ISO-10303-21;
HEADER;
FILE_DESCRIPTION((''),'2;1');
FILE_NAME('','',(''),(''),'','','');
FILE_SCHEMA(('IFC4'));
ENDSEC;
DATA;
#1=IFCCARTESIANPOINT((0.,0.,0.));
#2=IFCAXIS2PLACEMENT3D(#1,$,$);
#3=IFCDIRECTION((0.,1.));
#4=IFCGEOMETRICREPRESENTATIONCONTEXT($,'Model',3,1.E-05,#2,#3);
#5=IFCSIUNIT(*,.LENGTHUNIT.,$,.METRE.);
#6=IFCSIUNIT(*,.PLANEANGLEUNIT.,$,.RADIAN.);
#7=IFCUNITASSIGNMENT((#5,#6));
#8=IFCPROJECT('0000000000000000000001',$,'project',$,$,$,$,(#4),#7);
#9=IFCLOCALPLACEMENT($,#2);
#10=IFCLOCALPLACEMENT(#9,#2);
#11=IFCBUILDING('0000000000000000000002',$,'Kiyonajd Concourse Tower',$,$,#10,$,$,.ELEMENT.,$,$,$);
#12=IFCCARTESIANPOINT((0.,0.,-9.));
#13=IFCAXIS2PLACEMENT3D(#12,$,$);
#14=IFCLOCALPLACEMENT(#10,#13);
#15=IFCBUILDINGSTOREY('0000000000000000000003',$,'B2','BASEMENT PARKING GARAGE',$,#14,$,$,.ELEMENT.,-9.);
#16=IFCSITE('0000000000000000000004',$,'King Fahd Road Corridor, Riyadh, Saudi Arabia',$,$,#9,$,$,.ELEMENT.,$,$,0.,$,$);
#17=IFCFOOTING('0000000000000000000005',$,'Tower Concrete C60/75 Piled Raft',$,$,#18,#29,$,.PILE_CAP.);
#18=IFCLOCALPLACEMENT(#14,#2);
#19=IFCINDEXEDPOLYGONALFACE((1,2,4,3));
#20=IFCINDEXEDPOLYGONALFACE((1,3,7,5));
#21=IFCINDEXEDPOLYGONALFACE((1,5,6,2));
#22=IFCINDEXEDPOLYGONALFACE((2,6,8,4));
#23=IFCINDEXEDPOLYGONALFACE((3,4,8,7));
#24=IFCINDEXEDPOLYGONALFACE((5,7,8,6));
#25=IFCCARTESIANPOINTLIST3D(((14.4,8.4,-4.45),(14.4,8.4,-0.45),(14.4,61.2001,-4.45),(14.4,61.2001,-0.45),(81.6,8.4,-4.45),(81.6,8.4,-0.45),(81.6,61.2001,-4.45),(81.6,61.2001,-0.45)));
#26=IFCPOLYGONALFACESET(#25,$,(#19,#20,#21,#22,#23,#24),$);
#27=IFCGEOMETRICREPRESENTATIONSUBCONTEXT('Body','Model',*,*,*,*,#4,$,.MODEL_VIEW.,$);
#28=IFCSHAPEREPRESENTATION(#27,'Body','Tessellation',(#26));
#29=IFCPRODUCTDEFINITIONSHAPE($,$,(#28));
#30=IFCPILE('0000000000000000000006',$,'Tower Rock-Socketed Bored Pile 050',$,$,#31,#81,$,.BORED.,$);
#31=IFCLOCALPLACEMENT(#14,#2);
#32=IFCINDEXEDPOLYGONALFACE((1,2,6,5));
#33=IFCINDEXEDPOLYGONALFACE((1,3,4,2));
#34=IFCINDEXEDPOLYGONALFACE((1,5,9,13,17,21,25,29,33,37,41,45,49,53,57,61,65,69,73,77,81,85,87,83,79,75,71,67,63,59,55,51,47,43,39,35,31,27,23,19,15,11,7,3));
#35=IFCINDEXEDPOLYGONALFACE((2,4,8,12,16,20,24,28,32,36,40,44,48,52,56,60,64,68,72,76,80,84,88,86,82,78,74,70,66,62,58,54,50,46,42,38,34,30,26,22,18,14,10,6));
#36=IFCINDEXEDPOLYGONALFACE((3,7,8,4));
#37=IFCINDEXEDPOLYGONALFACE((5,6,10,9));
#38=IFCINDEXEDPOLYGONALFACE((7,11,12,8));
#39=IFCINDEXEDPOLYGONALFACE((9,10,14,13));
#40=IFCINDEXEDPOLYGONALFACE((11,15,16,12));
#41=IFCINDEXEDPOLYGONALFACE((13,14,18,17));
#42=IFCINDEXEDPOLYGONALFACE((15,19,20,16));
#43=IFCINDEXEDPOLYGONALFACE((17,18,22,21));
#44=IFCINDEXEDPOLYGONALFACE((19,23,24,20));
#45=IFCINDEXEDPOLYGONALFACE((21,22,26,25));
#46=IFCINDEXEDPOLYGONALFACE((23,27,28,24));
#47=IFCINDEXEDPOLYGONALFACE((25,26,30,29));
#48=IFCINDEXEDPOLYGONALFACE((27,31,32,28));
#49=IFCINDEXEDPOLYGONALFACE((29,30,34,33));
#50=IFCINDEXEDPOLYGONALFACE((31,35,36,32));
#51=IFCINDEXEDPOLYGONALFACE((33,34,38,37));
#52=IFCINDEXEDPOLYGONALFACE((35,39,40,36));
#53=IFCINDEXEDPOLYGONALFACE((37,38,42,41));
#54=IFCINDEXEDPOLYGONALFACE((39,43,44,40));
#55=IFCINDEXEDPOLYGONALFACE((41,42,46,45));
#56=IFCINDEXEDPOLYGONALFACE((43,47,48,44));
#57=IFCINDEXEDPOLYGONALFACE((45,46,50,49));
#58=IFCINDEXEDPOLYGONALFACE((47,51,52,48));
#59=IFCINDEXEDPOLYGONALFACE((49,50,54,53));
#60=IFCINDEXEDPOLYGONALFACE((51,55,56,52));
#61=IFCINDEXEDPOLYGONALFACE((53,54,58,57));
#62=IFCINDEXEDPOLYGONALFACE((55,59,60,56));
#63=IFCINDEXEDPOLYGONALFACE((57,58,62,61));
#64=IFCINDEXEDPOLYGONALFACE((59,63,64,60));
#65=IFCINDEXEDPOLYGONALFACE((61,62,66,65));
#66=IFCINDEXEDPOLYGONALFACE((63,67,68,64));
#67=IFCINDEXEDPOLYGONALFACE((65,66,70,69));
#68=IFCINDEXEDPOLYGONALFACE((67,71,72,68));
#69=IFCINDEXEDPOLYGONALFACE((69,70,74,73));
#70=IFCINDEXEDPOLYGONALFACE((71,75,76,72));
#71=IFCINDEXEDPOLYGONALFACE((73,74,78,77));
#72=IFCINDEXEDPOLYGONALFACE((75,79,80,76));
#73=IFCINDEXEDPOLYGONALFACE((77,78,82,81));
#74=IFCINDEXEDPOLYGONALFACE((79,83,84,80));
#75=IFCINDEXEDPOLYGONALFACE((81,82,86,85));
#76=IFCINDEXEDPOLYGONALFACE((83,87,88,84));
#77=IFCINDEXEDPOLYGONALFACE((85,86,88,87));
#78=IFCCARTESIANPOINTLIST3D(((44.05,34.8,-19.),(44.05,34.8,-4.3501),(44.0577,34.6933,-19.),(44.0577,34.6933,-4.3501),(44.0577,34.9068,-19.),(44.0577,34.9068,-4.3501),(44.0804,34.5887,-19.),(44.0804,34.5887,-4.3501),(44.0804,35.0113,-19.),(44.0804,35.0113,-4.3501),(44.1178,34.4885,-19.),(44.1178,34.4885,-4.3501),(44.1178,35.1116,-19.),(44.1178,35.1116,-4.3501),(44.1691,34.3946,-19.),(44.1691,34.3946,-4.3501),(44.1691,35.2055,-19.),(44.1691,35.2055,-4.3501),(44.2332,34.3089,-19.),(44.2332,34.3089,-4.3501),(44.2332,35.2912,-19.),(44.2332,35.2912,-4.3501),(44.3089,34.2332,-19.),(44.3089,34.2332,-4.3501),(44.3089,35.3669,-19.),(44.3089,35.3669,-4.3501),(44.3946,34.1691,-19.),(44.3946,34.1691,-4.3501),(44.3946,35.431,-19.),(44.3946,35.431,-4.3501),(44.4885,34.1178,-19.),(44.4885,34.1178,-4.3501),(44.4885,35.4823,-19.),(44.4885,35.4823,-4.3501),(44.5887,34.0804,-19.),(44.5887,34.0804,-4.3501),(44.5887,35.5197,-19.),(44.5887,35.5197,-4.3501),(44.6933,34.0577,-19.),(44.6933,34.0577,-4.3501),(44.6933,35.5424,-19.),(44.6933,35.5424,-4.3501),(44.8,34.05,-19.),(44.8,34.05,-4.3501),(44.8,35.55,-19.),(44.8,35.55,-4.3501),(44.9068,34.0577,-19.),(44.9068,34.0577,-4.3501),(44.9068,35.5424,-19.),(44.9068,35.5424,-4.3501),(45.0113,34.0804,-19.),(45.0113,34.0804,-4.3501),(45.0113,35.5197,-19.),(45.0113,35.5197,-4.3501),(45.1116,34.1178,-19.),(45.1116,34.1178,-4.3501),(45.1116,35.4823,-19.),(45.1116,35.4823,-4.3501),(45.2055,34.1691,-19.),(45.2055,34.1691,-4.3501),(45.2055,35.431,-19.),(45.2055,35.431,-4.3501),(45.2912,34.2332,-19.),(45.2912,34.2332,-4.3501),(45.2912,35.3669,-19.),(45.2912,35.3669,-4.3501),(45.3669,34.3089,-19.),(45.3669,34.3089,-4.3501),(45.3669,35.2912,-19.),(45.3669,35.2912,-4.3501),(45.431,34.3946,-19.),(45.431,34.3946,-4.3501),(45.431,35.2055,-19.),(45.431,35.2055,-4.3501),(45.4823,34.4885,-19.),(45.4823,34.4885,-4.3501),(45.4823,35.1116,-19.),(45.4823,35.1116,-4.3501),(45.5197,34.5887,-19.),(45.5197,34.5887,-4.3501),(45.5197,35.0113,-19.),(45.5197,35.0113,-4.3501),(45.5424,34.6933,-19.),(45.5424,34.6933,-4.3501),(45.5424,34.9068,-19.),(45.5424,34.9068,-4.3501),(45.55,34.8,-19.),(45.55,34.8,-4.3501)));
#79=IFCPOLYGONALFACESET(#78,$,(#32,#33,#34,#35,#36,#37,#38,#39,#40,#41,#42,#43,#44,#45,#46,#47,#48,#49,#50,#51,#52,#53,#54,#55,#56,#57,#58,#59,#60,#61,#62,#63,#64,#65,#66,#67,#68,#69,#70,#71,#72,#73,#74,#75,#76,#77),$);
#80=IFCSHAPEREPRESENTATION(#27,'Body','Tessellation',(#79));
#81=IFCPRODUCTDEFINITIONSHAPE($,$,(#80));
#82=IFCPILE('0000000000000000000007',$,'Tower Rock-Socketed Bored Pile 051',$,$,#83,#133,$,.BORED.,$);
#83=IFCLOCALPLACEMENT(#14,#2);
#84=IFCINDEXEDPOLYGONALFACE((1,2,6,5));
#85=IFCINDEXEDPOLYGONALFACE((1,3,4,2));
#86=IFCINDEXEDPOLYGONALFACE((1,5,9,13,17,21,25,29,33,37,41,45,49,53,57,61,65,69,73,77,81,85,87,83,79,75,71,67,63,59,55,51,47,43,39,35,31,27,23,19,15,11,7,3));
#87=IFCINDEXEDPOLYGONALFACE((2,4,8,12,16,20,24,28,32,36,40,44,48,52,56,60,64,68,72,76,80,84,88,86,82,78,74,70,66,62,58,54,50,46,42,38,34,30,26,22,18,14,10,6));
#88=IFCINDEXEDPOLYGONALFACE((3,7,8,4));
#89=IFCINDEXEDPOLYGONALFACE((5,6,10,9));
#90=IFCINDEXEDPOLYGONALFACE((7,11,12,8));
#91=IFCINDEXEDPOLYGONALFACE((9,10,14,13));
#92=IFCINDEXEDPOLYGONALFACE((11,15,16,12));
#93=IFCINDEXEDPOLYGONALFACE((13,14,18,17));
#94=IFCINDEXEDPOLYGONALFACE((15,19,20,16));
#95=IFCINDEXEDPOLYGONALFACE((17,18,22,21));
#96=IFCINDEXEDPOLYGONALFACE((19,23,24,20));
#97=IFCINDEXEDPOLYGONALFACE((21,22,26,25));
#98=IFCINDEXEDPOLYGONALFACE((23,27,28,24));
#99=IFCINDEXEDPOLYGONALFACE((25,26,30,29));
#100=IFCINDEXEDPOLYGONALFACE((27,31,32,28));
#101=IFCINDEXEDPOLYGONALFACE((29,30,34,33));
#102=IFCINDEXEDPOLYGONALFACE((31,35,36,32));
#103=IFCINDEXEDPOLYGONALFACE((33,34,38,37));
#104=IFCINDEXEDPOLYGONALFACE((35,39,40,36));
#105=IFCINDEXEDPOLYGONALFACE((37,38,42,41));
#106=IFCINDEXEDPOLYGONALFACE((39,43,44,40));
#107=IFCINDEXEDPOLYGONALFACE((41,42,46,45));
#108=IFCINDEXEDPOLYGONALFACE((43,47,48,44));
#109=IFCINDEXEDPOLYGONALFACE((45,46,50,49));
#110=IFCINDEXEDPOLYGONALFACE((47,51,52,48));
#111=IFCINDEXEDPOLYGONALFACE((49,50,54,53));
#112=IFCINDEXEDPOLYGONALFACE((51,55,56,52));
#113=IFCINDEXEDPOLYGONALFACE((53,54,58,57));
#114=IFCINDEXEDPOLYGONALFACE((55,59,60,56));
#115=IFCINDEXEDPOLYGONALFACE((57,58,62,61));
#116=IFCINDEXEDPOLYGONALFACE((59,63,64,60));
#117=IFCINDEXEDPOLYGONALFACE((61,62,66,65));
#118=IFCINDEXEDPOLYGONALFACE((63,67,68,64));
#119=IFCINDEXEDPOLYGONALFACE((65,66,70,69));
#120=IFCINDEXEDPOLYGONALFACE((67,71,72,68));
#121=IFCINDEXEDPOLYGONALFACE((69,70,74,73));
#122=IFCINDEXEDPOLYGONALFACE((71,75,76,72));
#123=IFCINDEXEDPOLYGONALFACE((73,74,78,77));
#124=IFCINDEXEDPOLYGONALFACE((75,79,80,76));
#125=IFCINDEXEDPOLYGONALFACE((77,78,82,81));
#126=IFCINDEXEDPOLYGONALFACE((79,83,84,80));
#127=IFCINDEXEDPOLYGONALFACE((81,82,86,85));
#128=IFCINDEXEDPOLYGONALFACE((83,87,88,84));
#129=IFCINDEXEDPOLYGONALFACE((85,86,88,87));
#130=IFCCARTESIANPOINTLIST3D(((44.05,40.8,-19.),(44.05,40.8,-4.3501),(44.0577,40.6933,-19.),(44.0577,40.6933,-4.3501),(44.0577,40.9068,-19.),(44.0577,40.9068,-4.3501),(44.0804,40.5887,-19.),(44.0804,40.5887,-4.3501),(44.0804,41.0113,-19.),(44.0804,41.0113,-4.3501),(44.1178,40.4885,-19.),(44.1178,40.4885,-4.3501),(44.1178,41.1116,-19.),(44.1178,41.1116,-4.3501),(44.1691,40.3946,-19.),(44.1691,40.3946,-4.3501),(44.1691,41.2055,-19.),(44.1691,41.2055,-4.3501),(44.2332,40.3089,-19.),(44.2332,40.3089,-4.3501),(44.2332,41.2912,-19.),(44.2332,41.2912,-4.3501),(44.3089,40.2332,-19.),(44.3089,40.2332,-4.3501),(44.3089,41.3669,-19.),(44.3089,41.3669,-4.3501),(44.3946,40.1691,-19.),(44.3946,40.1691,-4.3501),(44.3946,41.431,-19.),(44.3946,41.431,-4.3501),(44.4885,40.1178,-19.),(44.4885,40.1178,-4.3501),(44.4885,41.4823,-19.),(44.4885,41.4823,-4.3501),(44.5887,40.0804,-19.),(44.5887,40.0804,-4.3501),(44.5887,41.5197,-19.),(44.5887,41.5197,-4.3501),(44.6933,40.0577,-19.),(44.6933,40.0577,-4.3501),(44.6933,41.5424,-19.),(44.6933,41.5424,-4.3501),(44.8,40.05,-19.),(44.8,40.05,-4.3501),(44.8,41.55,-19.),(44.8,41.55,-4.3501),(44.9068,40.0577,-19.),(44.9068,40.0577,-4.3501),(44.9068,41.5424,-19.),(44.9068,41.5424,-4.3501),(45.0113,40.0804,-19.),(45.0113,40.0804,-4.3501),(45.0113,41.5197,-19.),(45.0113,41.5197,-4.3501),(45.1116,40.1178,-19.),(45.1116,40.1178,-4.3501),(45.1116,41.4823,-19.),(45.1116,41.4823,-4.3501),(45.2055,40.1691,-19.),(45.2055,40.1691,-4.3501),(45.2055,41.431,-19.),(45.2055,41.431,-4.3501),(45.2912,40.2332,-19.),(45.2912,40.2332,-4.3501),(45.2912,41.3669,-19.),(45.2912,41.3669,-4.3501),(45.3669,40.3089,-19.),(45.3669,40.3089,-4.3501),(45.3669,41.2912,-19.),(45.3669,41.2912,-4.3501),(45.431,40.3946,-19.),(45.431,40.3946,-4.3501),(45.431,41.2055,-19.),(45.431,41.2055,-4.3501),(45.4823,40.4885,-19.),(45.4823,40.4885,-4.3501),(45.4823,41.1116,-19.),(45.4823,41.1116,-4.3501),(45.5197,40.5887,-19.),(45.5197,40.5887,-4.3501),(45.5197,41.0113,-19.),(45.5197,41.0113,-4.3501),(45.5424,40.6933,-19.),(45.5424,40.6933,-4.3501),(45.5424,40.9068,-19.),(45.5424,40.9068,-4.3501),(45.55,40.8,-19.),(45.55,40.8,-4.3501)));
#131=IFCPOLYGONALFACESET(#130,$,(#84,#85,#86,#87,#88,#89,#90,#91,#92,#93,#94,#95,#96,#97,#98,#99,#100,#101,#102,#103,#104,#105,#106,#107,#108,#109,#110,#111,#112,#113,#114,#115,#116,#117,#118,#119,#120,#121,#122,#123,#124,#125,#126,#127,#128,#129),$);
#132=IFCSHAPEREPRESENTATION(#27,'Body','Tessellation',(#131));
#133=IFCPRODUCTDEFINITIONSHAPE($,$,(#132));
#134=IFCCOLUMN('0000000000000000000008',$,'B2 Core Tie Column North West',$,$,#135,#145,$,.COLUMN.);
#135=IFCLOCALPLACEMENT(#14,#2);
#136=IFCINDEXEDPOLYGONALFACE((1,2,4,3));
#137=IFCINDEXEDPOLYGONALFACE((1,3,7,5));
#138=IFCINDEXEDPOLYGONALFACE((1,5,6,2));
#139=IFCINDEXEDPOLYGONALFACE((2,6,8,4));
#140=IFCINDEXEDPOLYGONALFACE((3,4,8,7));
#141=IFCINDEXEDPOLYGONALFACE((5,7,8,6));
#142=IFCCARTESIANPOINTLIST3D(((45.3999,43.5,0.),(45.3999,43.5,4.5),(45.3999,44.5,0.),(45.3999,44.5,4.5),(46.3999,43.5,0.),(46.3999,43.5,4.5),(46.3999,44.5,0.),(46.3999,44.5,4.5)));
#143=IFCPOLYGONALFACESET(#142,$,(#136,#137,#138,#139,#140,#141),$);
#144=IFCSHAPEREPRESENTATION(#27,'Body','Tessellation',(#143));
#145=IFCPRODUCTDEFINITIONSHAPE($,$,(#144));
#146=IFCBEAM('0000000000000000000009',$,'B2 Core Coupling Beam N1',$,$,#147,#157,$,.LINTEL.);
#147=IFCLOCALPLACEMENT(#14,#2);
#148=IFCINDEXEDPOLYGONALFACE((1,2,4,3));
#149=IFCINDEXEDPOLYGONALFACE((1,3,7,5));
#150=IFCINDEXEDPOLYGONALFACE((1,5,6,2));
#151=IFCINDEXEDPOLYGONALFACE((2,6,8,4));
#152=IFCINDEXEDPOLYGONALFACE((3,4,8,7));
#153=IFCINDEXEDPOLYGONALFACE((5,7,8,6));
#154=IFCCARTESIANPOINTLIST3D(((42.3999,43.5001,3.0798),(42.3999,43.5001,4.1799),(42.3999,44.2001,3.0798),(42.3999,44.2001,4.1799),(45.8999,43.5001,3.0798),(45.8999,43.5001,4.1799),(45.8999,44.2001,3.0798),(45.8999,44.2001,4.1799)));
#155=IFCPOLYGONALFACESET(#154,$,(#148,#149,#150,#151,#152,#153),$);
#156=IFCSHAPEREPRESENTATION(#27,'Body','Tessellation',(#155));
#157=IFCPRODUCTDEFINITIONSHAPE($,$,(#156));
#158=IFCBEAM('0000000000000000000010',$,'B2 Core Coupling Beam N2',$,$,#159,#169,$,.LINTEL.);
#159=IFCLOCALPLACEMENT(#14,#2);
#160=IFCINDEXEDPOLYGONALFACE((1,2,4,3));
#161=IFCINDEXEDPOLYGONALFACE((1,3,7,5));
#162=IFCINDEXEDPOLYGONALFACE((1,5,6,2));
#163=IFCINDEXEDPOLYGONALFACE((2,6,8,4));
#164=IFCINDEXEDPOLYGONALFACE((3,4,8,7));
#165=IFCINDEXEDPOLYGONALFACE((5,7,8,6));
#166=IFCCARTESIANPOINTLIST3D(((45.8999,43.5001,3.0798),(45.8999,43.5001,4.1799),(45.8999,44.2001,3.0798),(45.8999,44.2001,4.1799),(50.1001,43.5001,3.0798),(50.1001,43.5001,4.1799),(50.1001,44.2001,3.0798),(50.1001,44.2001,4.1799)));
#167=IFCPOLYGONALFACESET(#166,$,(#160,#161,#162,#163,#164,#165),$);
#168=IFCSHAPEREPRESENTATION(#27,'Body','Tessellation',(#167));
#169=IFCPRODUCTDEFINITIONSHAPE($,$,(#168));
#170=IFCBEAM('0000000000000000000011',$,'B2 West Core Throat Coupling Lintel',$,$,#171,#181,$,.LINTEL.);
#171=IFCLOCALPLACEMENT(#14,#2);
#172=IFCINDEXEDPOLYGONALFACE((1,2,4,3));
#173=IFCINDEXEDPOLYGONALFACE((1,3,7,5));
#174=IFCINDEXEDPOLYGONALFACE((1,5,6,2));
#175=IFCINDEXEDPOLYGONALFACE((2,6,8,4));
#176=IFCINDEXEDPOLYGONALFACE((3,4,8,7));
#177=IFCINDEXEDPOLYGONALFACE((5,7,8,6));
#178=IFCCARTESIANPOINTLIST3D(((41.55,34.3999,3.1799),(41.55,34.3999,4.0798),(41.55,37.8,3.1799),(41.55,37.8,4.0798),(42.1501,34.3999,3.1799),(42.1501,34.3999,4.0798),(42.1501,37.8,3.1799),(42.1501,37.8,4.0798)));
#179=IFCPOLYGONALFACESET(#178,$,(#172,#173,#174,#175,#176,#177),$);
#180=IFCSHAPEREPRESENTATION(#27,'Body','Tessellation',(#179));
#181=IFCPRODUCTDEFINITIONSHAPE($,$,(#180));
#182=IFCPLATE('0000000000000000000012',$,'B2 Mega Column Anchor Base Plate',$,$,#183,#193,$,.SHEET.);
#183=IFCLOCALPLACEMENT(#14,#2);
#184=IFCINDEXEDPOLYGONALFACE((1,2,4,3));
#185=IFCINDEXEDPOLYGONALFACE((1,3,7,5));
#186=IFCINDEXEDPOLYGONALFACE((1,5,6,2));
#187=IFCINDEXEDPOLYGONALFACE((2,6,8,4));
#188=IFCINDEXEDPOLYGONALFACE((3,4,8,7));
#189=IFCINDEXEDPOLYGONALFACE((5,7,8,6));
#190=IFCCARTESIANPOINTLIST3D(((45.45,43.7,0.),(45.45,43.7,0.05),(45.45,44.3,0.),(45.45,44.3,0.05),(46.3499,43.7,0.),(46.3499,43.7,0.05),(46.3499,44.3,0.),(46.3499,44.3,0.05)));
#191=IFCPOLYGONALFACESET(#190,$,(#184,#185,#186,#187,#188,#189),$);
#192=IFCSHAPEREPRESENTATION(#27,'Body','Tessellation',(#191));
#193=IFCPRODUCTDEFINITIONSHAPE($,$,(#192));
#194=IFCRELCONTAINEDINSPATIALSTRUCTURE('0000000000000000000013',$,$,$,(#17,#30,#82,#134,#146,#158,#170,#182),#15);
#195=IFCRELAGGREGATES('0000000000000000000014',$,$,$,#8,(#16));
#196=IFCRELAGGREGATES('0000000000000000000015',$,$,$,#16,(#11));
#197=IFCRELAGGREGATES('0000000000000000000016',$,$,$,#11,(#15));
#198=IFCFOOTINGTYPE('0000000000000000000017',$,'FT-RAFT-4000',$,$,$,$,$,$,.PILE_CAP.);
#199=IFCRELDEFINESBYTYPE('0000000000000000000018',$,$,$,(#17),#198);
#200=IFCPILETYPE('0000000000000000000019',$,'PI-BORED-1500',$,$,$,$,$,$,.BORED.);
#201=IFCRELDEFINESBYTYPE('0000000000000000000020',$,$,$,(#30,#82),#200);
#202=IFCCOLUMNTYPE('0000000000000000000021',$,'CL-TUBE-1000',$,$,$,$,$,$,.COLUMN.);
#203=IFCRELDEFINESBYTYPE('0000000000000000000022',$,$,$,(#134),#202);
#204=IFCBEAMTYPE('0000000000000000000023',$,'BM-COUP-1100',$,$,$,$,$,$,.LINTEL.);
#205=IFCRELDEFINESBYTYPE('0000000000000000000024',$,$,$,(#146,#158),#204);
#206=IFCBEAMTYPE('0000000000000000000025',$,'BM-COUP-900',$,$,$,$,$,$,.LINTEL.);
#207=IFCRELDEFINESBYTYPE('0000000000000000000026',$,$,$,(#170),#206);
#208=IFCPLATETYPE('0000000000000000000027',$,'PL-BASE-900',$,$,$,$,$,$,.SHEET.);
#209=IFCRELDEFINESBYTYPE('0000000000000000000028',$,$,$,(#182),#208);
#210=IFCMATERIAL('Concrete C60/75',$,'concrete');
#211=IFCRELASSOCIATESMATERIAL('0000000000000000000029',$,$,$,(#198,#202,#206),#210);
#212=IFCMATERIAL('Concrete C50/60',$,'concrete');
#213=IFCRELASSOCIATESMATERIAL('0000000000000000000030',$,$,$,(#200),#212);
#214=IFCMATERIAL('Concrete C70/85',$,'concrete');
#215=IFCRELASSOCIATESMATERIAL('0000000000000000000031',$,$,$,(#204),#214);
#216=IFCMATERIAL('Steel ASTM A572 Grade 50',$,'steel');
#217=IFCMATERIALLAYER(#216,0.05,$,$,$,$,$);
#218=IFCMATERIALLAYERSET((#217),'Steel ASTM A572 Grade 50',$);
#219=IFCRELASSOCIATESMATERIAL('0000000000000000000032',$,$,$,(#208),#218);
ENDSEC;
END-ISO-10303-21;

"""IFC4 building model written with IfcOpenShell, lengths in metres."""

from ifc_helpers import new_model, si_unit, direction, frame, origin, origin_2d, place, context, subcontext, project, spatial, rectangle, circle, extrude, material, layer, layer_set, material_profile, profile_set, type_object, element, save


model = new_model("IFC4")

# Units and contexts
model_context = context("Model", 3, precision=1e-05, world=origin(), true_north=direction((0.0, 1.0)))
body_context = subcontext(model_context, "Body", "Model", "MODEL_VIEW")
ifc_project = project(units=[si_unit("LENGTHUNIT", "METRE"), si_unit("PLANEANGLEUNIT", "RADIAN")], contexts=[model_context])

# Site, building, storey
site_placement = place(None, origin())
site = spatial("IfcSite", under=ifc_project, at=site_placement, Name="King Fahd Road Corridor, Riyadh, Saudi Arabia", CompositionType="ELEMENT", RefElevation=0.0)
building_placement = place(site_placement, origin())
building = spatial("IfcBuilding", under=site, at=building_placement, Name="Kiyonajd Concourse Tower", CompositionType="ELEMENT")
storey_placement = place(building_placement, frame((0.0, 0.0, -9.0)))
storey = spatial("IfcBuildingStorey", under=building, at=storey_placement, Name="B2", Description="BASEMENT PARKING GARAGE", CompositionType="ELEMENT", Elevation=-9.0)

# Footing
ifc_material_1 = material(Name="Concrete C60/75", Category="concrete")
footing_type = type_object("IfcFootingType", Name="FT-RAFT-4000", PredefinedType="PILE_CAP", material=ifc_material_1)
footing_placement = place(storey_placement, frame((48.0, 34.8, -4.45), z_axis=(0.0, 0.0, 1.0), x_axis=(1.0, 0.0, 0.0)))
element("IfcFooting", 1, at=footing_placement, inside=storey, type_object=footing_type, Name="Tower Concrete C60/75 Piled Raft", PredefinedType="PILE_CAP", context=body_context, shape_type="SweptSolid", body=[
    extrude(rectangle(XDim=67.2, YDim=52.8, at=origin_2d()), origin(), (0.0, 0.0, 1.0), 4.0),
])

# Piles
ifc_material_2 = material(Name="Concrete C50/60", Category="concrete")
ifc_material_profile_1 = material_profile(ifc_material_2, circle(Radius=0.75, at=origin_2d()), Name="PILE-D1500")
ifc_profile_set_1 = profile_set([ifc_material_profile_1], Name="Concrete C50/60")
pile_type = type_object("IfcPileType", Name="PI-BORED-1500", PredefinedType="BORED", material=ifc_profile_set_1)
for number, where, z_axis, x_axis, name in (
    (2, (44.8, 34.8, -4.3501), (0.0, 0.0, -1.0), (1.0, 0.0, 0.0), "Tower Rock-Socketed Bored Pile 050"),
    (3, (44.8, 40.8, -4.3501), (0.0, 0.0, -1.0), (1.0, 0.0, 0.0), "Tower Rock-Socketed Bored Pile 051"),
):
    element("IfcPile", number, at=place(storey_placement, frame(where, z_axis=z_axis, x_axis=x_axis)), inside=storey, type_object=pile_type, Name=name, PredefinedType="BORED", context=body_context, shape_type="SweptSolid", body=[
        extrude(circle(Radius=0.75, at=origin_2d()), origin(), (0.0, 0.0, 1.0), 14.6499),
    ])

# Column
ifc_material_profile_2 = material_profile(ifc_material_1, rectangle(XDim=1.0, YDim=1.0, at=origin_2d()), Name="RC-1000x1000")
ifc_profile_set_2 = profile_set([ifc_material_profile_2], Name="Concrete C60/75")
column_type = type_object("IfcColumnType", Name="CL-TUBE-1000", PredefinedType="COLUMN", material=ifc_profile_set_2)
column_placement = place(storey_placement, frame((45.8999, 44.0, 0.0), z_axis=(0.0, 0.0, 1.0), x_axis=(1.0, 0.0, 0.0)))
element("IfcColumn", 4, at=column_placement, inside=storey, type_object=column_type, Name="B2 Core Tie Column North West", PredefinedType="COLUMN", context=body_context, shape_type="SweptSolid", body=[
    extrude(rectangle(XDim=1.0, YDim=1.0, at=origin_2d()), origin(), (0.0, 0.0, 1.0), 4.5),
])

# Beams
ifc_material_3 = material(Name="Concrete C70/85", Category="concrete")
ifc_material_profile_3 = material_profile(ifc_material_3, rectangle(XDim=0.7, YDim=1.1001, at=origin_2d()), Name="RCBM-700x1100")
ifc_profile_set_3 = profile_set([ifc_material_profile_3], Name="Concrete C70/85")
beam_type_1 = type_object("IfcBeamType", Name="BM-COUP-1100", PredefinedType="LINTEL", material=ifc_profile_set_3)
beam_1_placement = place(storey_placement, frame((42.3999, 43.8501, 3.6299), z_axis=(1.0, 0.0, 0.0), x_axis=(0.0, 1.0, 0.0)))
element("IfcBeam", 5, at=beam_1_placement, inside=storey, type_object=beam_type_1, Name="B2 Core Coupling Beam N1", PredefinedType="LINTEL", context=body_context, shape_type="SweptSolid", body=[
    extrude(rectangle(XDim=0.7, YDim=1.1001, at=origin_2d()), origin(), (0.0, 0.0, 1.0), 3.5),
])
beam_2_placement = place(storey_placement, frame((45.8999, 43.8501, 3.6299), z_axis=(1.0, 0.0, 0.0), x_axis=(0.0, 1.0, 0.0)))
element("IfcBeam", 6, at=beam_2_placement, inside=storey, type_object=beam_type_1, Name="B2 Core Coupling Beam N2", PredefinedType="LINTEL", context=body_context, shape_type="SweptSolid", body=[
    extrude(rectangle(XDim=0.7, YDim=1.1001, at=origin_2d()), origin(), (0.0, 0.0, 1.0), 4.2002),
])
ifc_material_profile_4 = material_profile(ifc_material_1, rectangle(XDim=0.6001, YDim=0.8999, at=origin_2d()), Name="RCBM-600x900")
ifc_profile_set_4 = profile_set([ifc_material_profile_4], Name="Concrete C60/75")
beam_type_2 = type_object("IfcBeamType", Name="BM-COUP-900", PredefinedType="LINTEL", material=ifc_profile_set_4)
beam_3_placement = place(storey_placement, frame((41.8501, 34.3999, 3.6299), z_axis=(0.0, 1.0, 0.0), x_axis=(-1.0, 0.0, 0.0)))
element("IfcBeam", 7, at=beam_3_placement, inside=storey, type_object=beam_type_2, Name="B2 West Core Throat Coupling Lintel", PredefinedType="LINTEL", context=body_context, shape_type="SweptSolid", body=[
    extrude(rectangle(XDim=0.6001, YDim=0.8999, at=origin_2d()), origin(), (0.0, 0.0, 1.0), 3.4001),
])

# Plate
ifc_material_4 = material(Name="Steel ASTM A572 Grade 50", Category="steel")
ifc_layer_1 = layer(ifc_material_4, 0.05)
ifc_layer_set_1 = layer_set([ifc_layer_1], Name="Steel ASTM A572 Grade 50")
plate_type = type_object("IfcPlateType", Name="PL-BASE-900", PredefinedType="SHEET", material=ifc_layer_set_1)
plate_placement = place(storey_placement, frame((45.8999, 44.0, 0.0), z_axis=(0.0, 0.0, 1.0), x_axis=(1.0, 0.0, 0.0)))
element("IfcPlate", 8, at=plate_placement, inside=storey, type_object=plate_type, Name="B2 Mega Column Anchor Base Plate", PredefinedType="SHEET", context=body_context, shape_type="SweptSolid", body=[
    extrude(rectangle(XDim=0.8999, YDim=0.6001, at=origin_2d()), origin(), (0.0, 0.0, 1.0), 0.05),
])

save(model, "model.ifc")
